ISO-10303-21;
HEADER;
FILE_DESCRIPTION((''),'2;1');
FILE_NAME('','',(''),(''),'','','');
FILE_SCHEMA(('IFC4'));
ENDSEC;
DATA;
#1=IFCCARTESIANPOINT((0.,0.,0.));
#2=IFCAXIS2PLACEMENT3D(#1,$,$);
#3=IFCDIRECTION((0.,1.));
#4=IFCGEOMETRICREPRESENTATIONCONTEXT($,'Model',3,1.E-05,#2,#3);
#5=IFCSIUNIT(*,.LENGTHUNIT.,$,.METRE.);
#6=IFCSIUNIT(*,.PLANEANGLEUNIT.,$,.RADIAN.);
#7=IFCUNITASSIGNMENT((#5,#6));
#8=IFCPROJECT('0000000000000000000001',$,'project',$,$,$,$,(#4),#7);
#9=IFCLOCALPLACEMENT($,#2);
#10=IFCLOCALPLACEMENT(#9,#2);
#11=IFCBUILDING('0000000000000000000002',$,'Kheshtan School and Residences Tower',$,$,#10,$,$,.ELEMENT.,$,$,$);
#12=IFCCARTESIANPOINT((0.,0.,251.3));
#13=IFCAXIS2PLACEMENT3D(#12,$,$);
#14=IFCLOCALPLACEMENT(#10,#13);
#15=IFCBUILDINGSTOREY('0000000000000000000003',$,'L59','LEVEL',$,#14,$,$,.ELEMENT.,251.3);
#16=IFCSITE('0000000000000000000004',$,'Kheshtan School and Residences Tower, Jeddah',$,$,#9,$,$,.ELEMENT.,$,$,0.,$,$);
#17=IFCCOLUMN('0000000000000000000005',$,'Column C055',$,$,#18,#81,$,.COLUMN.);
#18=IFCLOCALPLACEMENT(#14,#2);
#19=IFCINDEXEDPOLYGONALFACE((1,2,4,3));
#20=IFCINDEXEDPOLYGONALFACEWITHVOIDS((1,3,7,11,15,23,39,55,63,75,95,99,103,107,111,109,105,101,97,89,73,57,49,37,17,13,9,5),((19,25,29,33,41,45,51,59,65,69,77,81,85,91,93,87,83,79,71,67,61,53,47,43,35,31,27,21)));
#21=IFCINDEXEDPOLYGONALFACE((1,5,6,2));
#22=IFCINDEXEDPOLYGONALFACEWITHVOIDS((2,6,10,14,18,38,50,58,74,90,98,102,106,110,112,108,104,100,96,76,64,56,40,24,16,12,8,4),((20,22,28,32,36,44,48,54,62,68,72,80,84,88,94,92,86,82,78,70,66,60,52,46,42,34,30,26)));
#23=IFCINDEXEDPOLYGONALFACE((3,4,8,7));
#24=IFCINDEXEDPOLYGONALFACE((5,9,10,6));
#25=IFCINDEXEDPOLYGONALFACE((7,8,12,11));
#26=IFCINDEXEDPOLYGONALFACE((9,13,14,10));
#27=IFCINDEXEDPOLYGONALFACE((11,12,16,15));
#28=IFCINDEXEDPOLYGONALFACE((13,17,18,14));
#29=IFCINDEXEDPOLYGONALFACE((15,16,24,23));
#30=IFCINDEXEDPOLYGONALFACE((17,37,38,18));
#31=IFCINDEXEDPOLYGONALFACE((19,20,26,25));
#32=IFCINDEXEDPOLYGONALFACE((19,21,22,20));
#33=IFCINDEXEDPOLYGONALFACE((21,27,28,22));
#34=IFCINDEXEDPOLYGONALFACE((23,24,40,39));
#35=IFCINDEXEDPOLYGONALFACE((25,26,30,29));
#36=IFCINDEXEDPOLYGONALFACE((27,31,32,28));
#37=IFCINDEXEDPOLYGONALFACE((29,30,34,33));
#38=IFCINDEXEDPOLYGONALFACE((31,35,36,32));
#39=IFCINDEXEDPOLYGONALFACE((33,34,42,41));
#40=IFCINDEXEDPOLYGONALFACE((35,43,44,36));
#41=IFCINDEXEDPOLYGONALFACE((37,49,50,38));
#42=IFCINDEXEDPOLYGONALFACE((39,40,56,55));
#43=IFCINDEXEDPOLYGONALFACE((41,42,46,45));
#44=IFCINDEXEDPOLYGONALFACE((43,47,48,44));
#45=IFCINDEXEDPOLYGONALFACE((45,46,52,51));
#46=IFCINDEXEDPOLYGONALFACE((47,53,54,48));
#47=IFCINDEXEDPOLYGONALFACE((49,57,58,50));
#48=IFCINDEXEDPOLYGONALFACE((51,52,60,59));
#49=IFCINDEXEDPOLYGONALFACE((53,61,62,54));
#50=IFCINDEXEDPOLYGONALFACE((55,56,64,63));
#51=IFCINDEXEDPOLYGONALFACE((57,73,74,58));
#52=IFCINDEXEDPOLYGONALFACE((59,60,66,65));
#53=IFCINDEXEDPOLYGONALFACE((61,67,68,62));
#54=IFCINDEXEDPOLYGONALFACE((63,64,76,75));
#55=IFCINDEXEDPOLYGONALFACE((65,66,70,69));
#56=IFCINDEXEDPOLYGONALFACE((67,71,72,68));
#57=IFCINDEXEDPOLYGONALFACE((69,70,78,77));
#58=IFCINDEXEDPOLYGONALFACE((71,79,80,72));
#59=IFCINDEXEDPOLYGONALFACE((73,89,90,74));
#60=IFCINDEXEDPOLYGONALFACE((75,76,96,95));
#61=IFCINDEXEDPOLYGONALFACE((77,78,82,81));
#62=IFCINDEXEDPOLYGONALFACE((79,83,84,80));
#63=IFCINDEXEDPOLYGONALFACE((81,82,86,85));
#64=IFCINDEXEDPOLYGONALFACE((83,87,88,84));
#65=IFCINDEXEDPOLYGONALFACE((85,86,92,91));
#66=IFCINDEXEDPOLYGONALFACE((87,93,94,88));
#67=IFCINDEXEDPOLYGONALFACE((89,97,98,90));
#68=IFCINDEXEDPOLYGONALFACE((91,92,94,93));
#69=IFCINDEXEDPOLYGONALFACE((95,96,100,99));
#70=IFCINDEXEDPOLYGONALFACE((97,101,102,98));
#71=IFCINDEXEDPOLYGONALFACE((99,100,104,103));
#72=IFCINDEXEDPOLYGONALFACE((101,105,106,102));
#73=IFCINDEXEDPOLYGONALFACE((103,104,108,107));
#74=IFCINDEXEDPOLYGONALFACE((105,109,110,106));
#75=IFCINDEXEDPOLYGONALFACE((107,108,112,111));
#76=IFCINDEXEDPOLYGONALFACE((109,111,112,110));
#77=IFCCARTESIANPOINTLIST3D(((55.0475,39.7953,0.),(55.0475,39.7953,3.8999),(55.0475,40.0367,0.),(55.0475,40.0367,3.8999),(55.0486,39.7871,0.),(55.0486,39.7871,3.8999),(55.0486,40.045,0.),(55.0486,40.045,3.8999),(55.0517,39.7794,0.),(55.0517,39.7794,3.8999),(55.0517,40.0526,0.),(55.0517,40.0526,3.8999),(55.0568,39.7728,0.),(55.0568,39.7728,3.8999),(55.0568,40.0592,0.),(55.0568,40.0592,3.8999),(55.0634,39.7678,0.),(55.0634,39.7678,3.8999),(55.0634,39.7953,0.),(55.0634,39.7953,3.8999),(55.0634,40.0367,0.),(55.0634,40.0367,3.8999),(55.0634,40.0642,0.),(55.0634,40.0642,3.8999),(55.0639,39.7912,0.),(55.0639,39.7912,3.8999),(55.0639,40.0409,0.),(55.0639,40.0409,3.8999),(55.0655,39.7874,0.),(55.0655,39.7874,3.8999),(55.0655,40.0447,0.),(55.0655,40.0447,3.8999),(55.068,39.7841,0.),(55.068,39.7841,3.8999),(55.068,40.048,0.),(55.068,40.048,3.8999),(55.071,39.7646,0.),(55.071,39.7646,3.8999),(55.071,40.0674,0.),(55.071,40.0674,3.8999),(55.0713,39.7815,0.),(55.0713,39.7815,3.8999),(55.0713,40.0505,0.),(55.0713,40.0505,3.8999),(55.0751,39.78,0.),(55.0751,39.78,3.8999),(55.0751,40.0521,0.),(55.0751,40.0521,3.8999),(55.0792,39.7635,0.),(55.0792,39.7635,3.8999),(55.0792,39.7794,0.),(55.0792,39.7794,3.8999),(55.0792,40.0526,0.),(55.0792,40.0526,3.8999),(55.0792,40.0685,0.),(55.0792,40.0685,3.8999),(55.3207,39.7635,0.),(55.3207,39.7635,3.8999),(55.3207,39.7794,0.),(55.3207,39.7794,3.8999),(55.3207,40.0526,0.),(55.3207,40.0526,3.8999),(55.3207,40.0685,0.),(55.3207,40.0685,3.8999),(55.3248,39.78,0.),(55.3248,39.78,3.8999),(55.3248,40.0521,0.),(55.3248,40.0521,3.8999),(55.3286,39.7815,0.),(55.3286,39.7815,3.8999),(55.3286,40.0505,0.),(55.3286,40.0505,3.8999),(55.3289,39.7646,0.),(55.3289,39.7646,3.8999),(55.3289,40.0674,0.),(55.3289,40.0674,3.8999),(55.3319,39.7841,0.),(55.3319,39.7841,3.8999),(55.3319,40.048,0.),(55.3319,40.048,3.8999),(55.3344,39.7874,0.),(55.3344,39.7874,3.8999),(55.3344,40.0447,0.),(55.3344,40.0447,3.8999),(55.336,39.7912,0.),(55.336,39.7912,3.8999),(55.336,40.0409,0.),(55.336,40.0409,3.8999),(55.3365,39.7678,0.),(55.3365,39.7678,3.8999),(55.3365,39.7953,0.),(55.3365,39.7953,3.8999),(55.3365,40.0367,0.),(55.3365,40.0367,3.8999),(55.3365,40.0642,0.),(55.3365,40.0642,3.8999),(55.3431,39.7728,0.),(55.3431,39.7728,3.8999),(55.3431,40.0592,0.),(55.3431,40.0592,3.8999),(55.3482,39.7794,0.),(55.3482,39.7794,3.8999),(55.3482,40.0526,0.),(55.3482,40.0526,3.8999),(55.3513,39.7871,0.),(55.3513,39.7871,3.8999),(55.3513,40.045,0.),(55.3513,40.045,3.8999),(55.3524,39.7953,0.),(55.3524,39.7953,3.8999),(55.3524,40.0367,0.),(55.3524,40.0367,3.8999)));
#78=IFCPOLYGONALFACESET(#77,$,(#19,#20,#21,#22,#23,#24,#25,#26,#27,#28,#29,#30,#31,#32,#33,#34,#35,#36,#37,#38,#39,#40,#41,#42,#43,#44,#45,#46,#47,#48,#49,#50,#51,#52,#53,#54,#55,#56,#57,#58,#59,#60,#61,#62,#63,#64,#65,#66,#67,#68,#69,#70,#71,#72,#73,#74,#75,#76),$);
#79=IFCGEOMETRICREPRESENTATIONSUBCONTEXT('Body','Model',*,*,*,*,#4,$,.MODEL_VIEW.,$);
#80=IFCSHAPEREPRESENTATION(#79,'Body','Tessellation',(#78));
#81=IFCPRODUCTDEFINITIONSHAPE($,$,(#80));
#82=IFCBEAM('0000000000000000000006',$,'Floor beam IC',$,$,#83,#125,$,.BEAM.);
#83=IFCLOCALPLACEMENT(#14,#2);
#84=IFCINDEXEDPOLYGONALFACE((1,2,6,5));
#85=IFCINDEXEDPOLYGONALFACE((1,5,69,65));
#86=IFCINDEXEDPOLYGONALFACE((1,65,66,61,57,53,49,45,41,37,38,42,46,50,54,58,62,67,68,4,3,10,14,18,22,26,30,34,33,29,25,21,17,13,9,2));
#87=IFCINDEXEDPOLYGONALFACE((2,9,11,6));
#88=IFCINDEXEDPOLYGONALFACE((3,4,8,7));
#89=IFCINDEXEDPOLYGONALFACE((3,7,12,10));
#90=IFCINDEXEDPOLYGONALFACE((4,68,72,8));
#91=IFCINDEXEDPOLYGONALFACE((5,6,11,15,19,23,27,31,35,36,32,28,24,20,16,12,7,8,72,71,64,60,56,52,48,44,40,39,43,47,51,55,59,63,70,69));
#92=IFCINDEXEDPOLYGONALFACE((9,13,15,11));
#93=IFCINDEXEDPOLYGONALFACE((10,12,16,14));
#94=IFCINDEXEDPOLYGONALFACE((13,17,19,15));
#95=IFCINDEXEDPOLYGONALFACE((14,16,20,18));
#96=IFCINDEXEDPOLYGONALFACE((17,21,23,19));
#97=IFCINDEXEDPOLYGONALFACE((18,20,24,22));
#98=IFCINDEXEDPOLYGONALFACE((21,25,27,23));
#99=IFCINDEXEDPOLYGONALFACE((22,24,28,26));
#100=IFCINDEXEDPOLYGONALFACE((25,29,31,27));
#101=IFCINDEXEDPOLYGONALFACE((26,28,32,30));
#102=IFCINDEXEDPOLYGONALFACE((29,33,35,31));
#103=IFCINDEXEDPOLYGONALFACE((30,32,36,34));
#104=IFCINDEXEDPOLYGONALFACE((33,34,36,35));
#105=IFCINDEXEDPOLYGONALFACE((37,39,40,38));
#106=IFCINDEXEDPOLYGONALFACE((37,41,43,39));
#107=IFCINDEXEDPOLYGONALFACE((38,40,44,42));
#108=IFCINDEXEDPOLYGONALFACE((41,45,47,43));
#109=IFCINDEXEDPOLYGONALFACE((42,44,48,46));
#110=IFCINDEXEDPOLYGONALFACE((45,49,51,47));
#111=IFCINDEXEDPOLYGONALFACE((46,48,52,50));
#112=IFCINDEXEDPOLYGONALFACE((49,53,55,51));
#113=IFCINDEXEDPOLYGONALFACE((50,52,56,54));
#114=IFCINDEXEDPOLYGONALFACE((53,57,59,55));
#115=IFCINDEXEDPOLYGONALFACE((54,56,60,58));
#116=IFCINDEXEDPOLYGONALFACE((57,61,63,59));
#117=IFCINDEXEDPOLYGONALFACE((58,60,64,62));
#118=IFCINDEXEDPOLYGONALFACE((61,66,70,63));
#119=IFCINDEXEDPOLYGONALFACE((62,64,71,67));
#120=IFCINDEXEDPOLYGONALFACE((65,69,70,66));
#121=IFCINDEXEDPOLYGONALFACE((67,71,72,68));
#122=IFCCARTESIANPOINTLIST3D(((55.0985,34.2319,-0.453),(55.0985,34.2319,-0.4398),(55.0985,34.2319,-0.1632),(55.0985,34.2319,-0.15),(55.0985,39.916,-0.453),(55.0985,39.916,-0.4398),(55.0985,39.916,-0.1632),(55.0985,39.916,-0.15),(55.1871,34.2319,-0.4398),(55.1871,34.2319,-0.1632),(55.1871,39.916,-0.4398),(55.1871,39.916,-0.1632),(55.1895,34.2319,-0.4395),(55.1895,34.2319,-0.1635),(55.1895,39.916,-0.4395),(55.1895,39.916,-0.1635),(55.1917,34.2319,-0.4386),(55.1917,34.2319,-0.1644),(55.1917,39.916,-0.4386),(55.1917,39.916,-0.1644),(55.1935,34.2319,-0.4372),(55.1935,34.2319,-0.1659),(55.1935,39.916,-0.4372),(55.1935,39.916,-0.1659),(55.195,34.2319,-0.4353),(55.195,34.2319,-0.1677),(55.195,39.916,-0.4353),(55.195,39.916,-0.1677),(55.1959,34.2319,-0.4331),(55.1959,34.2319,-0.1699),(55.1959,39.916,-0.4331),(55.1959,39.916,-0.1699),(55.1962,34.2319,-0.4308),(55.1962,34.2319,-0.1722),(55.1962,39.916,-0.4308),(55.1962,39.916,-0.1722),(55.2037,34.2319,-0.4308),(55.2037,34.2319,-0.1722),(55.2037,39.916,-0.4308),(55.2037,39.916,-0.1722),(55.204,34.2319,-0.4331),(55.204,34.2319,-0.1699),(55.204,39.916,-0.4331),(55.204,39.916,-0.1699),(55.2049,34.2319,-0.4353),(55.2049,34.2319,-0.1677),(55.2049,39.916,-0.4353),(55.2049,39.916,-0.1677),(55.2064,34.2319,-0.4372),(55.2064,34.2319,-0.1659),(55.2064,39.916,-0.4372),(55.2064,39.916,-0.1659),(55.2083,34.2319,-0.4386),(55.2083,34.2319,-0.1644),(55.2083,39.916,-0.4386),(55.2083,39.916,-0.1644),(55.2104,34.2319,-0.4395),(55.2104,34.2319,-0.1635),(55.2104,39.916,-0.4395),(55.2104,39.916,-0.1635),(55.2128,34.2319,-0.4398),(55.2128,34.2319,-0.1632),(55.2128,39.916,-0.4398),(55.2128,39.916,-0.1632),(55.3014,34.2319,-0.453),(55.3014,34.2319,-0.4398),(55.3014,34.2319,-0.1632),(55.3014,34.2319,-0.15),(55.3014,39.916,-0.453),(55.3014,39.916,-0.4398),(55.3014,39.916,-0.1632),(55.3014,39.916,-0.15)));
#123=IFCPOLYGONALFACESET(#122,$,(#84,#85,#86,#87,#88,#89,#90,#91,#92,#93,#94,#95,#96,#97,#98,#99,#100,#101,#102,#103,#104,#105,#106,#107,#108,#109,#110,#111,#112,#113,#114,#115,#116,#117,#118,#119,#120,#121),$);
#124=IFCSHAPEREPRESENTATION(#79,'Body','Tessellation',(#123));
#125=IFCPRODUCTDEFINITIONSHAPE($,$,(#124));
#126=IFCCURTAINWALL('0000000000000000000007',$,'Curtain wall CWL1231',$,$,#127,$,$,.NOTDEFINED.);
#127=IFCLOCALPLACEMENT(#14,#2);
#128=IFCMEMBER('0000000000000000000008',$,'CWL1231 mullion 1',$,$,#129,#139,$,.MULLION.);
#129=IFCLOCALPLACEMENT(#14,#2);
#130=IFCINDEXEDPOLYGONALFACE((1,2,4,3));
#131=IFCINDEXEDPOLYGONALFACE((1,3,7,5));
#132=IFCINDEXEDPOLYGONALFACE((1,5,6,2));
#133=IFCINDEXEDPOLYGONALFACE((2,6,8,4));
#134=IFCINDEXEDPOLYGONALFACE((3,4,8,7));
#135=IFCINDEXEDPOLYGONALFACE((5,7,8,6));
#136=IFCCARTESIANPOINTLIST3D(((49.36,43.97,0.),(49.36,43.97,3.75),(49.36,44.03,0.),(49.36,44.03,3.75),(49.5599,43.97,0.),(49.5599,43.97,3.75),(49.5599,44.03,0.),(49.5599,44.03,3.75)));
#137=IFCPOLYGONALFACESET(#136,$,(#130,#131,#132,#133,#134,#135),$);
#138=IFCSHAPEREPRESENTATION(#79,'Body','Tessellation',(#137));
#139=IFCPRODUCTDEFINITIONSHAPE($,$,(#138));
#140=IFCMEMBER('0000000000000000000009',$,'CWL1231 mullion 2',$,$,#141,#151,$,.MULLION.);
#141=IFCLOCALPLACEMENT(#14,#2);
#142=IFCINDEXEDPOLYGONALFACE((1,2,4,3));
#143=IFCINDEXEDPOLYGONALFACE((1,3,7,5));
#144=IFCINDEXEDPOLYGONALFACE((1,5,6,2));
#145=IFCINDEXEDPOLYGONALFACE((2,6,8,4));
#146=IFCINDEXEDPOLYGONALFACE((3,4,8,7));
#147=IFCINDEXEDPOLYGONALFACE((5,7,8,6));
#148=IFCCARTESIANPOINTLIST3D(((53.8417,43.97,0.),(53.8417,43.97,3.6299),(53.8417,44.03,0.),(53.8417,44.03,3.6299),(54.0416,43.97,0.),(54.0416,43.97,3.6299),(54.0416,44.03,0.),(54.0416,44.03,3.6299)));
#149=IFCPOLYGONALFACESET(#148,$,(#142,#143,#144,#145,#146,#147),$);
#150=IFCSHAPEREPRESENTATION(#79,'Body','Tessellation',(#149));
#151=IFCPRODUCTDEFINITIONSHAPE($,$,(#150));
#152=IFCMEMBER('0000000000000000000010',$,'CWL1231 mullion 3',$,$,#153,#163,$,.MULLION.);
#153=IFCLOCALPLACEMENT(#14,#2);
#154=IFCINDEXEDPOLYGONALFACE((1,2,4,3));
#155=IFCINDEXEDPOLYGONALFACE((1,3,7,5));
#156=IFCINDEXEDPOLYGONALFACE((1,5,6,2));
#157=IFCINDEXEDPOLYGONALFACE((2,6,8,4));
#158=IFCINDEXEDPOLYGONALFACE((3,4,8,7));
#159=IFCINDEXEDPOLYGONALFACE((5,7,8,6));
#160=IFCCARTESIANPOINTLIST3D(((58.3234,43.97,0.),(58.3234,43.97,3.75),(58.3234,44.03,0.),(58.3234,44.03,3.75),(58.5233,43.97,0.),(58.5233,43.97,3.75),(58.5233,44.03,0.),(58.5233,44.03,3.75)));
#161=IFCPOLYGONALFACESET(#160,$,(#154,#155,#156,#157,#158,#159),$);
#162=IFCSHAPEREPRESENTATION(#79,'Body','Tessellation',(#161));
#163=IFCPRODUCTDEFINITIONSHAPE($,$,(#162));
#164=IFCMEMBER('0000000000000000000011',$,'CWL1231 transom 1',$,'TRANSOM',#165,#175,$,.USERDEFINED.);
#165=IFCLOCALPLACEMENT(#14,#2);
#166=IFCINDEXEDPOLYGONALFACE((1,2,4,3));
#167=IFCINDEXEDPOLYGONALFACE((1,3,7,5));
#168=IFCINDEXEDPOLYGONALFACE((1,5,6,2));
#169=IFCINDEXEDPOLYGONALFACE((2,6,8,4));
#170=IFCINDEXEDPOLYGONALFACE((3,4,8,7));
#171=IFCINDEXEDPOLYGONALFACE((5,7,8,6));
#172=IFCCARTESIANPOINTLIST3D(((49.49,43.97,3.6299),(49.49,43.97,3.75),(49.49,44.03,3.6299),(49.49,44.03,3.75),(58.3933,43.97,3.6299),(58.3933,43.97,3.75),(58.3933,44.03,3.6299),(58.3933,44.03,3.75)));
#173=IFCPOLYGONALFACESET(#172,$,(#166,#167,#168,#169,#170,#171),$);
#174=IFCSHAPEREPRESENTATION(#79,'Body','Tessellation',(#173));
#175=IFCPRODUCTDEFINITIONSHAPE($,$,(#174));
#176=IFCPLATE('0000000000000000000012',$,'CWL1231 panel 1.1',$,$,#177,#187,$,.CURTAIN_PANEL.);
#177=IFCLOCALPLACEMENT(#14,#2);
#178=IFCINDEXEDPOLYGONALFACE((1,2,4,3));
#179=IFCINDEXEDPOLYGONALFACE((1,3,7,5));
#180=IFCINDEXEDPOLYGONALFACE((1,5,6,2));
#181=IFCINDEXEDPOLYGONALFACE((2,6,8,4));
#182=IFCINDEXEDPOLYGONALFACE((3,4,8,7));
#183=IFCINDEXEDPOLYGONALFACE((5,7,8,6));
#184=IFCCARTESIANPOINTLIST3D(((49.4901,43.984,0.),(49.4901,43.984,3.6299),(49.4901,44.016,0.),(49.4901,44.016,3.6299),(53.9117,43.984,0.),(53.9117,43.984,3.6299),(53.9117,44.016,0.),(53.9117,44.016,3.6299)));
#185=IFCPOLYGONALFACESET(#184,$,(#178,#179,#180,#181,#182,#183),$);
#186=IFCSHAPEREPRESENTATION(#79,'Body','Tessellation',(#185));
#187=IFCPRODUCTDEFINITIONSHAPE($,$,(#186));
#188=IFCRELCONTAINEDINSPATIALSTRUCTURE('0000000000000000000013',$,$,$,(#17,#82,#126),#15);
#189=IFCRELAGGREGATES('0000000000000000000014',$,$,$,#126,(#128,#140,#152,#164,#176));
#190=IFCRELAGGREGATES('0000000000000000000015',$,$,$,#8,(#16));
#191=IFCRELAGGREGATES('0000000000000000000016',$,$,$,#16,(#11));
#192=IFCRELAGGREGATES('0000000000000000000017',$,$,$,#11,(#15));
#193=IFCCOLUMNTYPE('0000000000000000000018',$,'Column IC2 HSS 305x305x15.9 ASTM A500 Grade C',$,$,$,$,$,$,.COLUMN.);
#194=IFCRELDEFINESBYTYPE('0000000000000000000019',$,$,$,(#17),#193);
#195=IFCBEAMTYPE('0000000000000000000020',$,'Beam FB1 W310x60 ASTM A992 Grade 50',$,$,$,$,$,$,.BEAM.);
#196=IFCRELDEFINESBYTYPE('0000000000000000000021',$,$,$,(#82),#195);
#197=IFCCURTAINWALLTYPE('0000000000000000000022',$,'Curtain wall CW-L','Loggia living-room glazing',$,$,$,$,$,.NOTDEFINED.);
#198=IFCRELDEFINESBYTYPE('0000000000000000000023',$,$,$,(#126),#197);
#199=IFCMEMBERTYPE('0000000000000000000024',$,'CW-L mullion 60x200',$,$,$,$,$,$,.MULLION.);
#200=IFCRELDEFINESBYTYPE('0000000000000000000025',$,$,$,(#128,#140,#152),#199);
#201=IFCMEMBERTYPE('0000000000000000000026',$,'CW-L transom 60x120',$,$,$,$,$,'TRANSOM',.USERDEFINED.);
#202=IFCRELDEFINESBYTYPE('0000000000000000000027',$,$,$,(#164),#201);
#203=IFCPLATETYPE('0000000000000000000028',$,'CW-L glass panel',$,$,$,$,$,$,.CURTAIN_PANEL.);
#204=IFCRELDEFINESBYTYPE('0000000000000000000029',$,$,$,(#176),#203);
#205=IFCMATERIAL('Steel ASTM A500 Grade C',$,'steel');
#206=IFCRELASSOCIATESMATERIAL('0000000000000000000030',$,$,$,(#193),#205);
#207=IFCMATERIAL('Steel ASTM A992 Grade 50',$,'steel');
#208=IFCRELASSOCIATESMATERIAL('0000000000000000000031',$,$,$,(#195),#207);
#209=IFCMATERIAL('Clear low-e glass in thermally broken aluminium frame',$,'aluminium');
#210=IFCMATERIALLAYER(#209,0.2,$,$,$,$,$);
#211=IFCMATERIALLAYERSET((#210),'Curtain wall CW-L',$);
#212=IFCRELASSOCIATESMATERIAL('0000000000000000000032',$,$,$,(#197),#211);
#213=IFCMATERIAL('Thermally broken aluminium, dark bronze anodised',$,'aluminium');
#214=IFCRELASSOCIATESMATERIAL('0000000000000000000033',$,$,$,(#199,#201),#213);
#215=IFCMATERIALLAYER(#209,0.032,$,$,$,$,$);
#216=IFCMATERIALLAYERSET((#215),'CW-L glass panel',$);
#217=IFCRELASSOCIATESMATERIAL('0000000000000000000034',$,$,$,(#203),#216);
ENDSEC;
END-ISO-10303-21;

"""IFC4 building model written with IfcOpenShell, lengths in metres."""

from ifc_helpers import new_model, si_unit, direction, frame, origin, origin_2d, place, context, subcontext, project, spatial, rectangle, hollow_rectangle, i_section, extrude, material, layer, layer_set, material_profile, profile_set, type_object, element, aggregate, save


model = new_model("IFC4")

# Units and contexts
model_context = context("Model", 3, precision=1e-05, world=origin(), true_north=direction((0.0, 1.0)))
body_context = subcontext(model_context, "Body", "Model", "MODEL_VIEW")
ifc_project = project(units=[si_unit("LENGTHUNIT", "METRE"), si_unit("PLANEANGLEUNIT", "RADIAN")], contexts=[model_context])

# Site, building, storey
site_placement = place(None, origin())
site = spatial("IfcSite", under=ifc_project, at=site_placement, Name="Kheshtan School and Residences Tower, Jeddah", CompositionType="ELEMENT", RefElevation=0.0)
building_placement = place(site_placement, origin())
building = spatial("IfcBuilding", under=site, at=building_placement, Name="Kheshtan School and Residences Tower", CompositionType="ELEMENT")
storey_placement = place(building_placement, frame((0.0, 0.0, 251.3)))
storey = spatial("IfcBuildingStorey", under=building, at=storey_placement, Name="L59", Description="LEVEL", CompositionType="ELEMENT", Elevation=251.3)

# Column
ifc_material_1 = material(Name="Steel ASTM A500 Grade C", Category="steel")
ifc_material_profile_1 = material_profile(ifc_material_1, hollow_rectangle(XDim=0.3049, YDim=0.3049, WallThickness=0.0159, InnerFilletRadius=0.0159, OuterFilletRadius=0.0317, at=origin_2d()), Name="HSS 305x305x15.9")
ifc_profile_set_1 = profile_set([ifc_material_profile_1], Name="Steel ASTM A500 Grade C")
column_type = type_object("IfcColumnType", Name="Column IC2 HSS 305x305x15.9 ASTM A500 Grade C", PredefinedType="COLUMN", material=ifc_profile_set_1)
column_placement = place(storey_placement, frame((55.2, 39.916, 0.0), z_axis=(0.0, 0.0, 1.0), x_axis=(1.0, 0.0, 0.0)))
element("IfcColumn", 1, at=column_placement, inside=storey, type_object=column_type, Name="Column C055", PredefinedType="COLUMN", context=body_context, shape_type="SweptSolid", body=[
    extrude(hollow_rectangle(XDim=0.3049, YDim=0.3049, WallThickness=0.0159, InnerFilletRadius=0.0159, OuterFilletRadius=0.0317, at=origin_2d()), origin(), (0.0, 0.0, 1.0), 3.8999),
])

# Beam
ifc_material_2 = material(Name="Steel ASTM A992 Grade 50", Category="steel")
ifc_material_profile_2 = material_profile(ifc_material_2, i_section(OverallWidth=0.2029, OverallDepth=0.303, WebThickness=0.0076, FlangeThickness=0.0132, FilletRadius=0.009, at=origin_2d()), Name="W310x60")
ifc_profile_set_2 = profile_set([ifc_material_profile_2], Name="Steel ASTM A992 Grade 50")
beam_type = type_object("IfcBeamType", Name="Beam FB1 W310x60 ASTM A992 Grade 50", PredefinedType="BEAM", material=ifc_profile_set_2)
beam_placement = place(storey_placement, frame((55.2, 34.2319, -0.3015), z_axis=(0.0, 1.0, 0.0), x_axis=(-1.0, 0.0, 0.0)))
element("IfcBeam", 2, at=beam_placement, inside=storey, type_object=beam_type, Name="Floor beam IC", PredefinedType="BEAM", context=body_context, shape_type="SweptSolid", body=[
    extrude(i_section(OverallWidth=0.2029, OverallDepth=0.303, WebThickness=0.0076, FlangeThickness=0.0132, FilletRadius=0.009, at=origin_2d()), origin(), (0.0, 0.0, 1.0), 5.6841),
])

# Curtain wall, members, plate
ifc_material_3 = material(Name="Clear low-e glass in thermally broken aluminium frame", Category="aluminium")
ifc_layer_1 = layer(ifc_material_3, 0.2)
ifc_layer_set_1 = layer_set([ifc_layer_1], Name="Curtain wall CW-L")
curtain_wall_type = type_object("IfcCurtainWallType", Name="Curtain wall CW-L", Description="Loggia living-room glazing", PredefinedType="NOTDEFINED", material=ifc_layer_set_1)
curtain_wall_placement = place(storey_placement, origin())
curtain_wall = element("IfcCurtainWall", 3, at=curtain_wall_placement, inside=storey, type_object=curtain_wall_type, Name="Curtain wall CWL1231", PredefinedType="NOTDEFINED")
ifc_material_4 = material(Name="Thermally broken aluminium, dark bronze anodised", Category="aluminium")
ifc_material_profile_3 = material_profile(ifc_material_4, rectangle(XDim=0.0601, YDim=0.2, at=origin_2d()), Name="CW-L mullion 60x200")
ifc_profile_set_3 = profile_set([ifc_material_profile_3], Name="Thermally broken aluminium, dark bronze anodised")
member_type_1 = type_object("IfcMemberType", Name="CW-L mullion 60x200", PredefinedType="MULLION", material=ifc_profile_set_3)
member_1_placement = place(storey_placement, frame((49.46, 44.0, 0.0), z_axis=(0.0, 0.0, 1.0), x_axis=(0.0, 1.0, 0.0)))
member_1 = element("IfcMember", 4, at=member_1_placement, type_object=member_type_1, Name="CWL1231 mullion 1", PredefinedType="MULLION", context=body_context, shape_type="SweptSolid", body=[
    extrude(rectangle(XDim=0.0601, YDim=0.2, at=origin_2d()), origin(), (0.0, 0.0, 1.0), 3.75),
])
member_2_placement = place(storey_placement, frame((53.9417, 44.0, 0.0), z_axis=(0.0, 0.0, 1.0), x_axis=(0.0, 1.0, 0.0)))
member_2 = element("IfcMember", 5, at=member_2_placement, type_object=member_type_1, Name="CWL1231 mullion 2", PredefinedType="MULLION", context=body_context, shape_type="SweptSolid", body=[
    extrude(rectangle(XDim=0.0601, YDim=0.2, at=origin_2d()), origin(), (0.0, 0.0, 1.0), 3.6299),
])
member_3_placement = place(storey_placement, frame((58.4233, 44.0, 0.0), z_axis=(0.0, 0.0, 1.0), x_axis=(0.0, 1.0, 0.0)))
member_3 = element("IfcMember", 6, at=member_3_placement, type_object=member_type_1, Name="CWL1231 mullion 3", PredefinedType="MULLION", context=body_context, shape_type="SweptSolid", body=[
    extrude(rectangle(XDim=0.0601, YDim=0.2, at=origin_2d()), origin(), (0.0, 0.0, 1.0), 3.75),
])
ifc_material_profile_4 = material_profile(ifc_material_4, rectangle(XDim=0.0601, YDim=0.1201, at=origin_2d()), Name="CW-L transom 60x120")
ifc_profile_set_4 = profile_set([ifc_material_profile_4], Name="Thermally broken aluminium, dark bronze anodised")
member_type_2 = type_object("IfcMemberType", Name="CW-L transom 60x120", ElementType="TRANSOM", PredefinedType="USERDEFINED", material=ifc_profile_set_4)
member_4_placement = place(storey_placement, frame((49.49, 44.0, 3.6899), z_axis=(1.0, 0.0, 0.0), x_axis=(0.0, 1.0, 0.0)))
member_4 = element("IfcMember", 7, at=member_4_placement, type_object=member_type_2, Name="CWL1231 transom 1", ObjectType="TRANSOM", PredefinedType="USERDEFINED", context=body_context, shape_type="SweptSolid", body=[
    extrude(rectangle(XDim=0.0601, YDim=0.1201, at=origin_2d()), origin(), (0.0, 0.0, 1.0), 8.9033),
])
ifc_layer_2 = layer(ifc_material_3, 0.032)
ifc_layer_set_2 = layer_set([ifc_layer_2], Name="CW-L glass panel")
plate_type = type_object("IfcPlateType", Name="CW-L glass panel", PredefinedType="CURTAIN_PANEL", material=ifc_layer_set_2)
plate_1_placement = place(storey_placement, frame((51.7009, 44.0, 0.0), z_axis=(0.0, 0.0, 1.0), x_axis=(1.0, 0.0, 0.0)))
plate_1 = element("IfcPlate", 8, at=plate_1_placement, type_object=plate_type, Name="CWL1231 panel 1.1", PredefinedType="CURTAIN_PANEL", context=body_context, shape_type="SweptSolid", body=[
    extrude(rectangle(XDim=4.4216, YDim=0.032, at=origin_2d()), origin(), (0.0, 0.0, 1.0), 3.6299),
])
aggregate(curtain_wall, [member_1, member_2, member_3, member_4, plate_1])

save(model, "model.ifc")
